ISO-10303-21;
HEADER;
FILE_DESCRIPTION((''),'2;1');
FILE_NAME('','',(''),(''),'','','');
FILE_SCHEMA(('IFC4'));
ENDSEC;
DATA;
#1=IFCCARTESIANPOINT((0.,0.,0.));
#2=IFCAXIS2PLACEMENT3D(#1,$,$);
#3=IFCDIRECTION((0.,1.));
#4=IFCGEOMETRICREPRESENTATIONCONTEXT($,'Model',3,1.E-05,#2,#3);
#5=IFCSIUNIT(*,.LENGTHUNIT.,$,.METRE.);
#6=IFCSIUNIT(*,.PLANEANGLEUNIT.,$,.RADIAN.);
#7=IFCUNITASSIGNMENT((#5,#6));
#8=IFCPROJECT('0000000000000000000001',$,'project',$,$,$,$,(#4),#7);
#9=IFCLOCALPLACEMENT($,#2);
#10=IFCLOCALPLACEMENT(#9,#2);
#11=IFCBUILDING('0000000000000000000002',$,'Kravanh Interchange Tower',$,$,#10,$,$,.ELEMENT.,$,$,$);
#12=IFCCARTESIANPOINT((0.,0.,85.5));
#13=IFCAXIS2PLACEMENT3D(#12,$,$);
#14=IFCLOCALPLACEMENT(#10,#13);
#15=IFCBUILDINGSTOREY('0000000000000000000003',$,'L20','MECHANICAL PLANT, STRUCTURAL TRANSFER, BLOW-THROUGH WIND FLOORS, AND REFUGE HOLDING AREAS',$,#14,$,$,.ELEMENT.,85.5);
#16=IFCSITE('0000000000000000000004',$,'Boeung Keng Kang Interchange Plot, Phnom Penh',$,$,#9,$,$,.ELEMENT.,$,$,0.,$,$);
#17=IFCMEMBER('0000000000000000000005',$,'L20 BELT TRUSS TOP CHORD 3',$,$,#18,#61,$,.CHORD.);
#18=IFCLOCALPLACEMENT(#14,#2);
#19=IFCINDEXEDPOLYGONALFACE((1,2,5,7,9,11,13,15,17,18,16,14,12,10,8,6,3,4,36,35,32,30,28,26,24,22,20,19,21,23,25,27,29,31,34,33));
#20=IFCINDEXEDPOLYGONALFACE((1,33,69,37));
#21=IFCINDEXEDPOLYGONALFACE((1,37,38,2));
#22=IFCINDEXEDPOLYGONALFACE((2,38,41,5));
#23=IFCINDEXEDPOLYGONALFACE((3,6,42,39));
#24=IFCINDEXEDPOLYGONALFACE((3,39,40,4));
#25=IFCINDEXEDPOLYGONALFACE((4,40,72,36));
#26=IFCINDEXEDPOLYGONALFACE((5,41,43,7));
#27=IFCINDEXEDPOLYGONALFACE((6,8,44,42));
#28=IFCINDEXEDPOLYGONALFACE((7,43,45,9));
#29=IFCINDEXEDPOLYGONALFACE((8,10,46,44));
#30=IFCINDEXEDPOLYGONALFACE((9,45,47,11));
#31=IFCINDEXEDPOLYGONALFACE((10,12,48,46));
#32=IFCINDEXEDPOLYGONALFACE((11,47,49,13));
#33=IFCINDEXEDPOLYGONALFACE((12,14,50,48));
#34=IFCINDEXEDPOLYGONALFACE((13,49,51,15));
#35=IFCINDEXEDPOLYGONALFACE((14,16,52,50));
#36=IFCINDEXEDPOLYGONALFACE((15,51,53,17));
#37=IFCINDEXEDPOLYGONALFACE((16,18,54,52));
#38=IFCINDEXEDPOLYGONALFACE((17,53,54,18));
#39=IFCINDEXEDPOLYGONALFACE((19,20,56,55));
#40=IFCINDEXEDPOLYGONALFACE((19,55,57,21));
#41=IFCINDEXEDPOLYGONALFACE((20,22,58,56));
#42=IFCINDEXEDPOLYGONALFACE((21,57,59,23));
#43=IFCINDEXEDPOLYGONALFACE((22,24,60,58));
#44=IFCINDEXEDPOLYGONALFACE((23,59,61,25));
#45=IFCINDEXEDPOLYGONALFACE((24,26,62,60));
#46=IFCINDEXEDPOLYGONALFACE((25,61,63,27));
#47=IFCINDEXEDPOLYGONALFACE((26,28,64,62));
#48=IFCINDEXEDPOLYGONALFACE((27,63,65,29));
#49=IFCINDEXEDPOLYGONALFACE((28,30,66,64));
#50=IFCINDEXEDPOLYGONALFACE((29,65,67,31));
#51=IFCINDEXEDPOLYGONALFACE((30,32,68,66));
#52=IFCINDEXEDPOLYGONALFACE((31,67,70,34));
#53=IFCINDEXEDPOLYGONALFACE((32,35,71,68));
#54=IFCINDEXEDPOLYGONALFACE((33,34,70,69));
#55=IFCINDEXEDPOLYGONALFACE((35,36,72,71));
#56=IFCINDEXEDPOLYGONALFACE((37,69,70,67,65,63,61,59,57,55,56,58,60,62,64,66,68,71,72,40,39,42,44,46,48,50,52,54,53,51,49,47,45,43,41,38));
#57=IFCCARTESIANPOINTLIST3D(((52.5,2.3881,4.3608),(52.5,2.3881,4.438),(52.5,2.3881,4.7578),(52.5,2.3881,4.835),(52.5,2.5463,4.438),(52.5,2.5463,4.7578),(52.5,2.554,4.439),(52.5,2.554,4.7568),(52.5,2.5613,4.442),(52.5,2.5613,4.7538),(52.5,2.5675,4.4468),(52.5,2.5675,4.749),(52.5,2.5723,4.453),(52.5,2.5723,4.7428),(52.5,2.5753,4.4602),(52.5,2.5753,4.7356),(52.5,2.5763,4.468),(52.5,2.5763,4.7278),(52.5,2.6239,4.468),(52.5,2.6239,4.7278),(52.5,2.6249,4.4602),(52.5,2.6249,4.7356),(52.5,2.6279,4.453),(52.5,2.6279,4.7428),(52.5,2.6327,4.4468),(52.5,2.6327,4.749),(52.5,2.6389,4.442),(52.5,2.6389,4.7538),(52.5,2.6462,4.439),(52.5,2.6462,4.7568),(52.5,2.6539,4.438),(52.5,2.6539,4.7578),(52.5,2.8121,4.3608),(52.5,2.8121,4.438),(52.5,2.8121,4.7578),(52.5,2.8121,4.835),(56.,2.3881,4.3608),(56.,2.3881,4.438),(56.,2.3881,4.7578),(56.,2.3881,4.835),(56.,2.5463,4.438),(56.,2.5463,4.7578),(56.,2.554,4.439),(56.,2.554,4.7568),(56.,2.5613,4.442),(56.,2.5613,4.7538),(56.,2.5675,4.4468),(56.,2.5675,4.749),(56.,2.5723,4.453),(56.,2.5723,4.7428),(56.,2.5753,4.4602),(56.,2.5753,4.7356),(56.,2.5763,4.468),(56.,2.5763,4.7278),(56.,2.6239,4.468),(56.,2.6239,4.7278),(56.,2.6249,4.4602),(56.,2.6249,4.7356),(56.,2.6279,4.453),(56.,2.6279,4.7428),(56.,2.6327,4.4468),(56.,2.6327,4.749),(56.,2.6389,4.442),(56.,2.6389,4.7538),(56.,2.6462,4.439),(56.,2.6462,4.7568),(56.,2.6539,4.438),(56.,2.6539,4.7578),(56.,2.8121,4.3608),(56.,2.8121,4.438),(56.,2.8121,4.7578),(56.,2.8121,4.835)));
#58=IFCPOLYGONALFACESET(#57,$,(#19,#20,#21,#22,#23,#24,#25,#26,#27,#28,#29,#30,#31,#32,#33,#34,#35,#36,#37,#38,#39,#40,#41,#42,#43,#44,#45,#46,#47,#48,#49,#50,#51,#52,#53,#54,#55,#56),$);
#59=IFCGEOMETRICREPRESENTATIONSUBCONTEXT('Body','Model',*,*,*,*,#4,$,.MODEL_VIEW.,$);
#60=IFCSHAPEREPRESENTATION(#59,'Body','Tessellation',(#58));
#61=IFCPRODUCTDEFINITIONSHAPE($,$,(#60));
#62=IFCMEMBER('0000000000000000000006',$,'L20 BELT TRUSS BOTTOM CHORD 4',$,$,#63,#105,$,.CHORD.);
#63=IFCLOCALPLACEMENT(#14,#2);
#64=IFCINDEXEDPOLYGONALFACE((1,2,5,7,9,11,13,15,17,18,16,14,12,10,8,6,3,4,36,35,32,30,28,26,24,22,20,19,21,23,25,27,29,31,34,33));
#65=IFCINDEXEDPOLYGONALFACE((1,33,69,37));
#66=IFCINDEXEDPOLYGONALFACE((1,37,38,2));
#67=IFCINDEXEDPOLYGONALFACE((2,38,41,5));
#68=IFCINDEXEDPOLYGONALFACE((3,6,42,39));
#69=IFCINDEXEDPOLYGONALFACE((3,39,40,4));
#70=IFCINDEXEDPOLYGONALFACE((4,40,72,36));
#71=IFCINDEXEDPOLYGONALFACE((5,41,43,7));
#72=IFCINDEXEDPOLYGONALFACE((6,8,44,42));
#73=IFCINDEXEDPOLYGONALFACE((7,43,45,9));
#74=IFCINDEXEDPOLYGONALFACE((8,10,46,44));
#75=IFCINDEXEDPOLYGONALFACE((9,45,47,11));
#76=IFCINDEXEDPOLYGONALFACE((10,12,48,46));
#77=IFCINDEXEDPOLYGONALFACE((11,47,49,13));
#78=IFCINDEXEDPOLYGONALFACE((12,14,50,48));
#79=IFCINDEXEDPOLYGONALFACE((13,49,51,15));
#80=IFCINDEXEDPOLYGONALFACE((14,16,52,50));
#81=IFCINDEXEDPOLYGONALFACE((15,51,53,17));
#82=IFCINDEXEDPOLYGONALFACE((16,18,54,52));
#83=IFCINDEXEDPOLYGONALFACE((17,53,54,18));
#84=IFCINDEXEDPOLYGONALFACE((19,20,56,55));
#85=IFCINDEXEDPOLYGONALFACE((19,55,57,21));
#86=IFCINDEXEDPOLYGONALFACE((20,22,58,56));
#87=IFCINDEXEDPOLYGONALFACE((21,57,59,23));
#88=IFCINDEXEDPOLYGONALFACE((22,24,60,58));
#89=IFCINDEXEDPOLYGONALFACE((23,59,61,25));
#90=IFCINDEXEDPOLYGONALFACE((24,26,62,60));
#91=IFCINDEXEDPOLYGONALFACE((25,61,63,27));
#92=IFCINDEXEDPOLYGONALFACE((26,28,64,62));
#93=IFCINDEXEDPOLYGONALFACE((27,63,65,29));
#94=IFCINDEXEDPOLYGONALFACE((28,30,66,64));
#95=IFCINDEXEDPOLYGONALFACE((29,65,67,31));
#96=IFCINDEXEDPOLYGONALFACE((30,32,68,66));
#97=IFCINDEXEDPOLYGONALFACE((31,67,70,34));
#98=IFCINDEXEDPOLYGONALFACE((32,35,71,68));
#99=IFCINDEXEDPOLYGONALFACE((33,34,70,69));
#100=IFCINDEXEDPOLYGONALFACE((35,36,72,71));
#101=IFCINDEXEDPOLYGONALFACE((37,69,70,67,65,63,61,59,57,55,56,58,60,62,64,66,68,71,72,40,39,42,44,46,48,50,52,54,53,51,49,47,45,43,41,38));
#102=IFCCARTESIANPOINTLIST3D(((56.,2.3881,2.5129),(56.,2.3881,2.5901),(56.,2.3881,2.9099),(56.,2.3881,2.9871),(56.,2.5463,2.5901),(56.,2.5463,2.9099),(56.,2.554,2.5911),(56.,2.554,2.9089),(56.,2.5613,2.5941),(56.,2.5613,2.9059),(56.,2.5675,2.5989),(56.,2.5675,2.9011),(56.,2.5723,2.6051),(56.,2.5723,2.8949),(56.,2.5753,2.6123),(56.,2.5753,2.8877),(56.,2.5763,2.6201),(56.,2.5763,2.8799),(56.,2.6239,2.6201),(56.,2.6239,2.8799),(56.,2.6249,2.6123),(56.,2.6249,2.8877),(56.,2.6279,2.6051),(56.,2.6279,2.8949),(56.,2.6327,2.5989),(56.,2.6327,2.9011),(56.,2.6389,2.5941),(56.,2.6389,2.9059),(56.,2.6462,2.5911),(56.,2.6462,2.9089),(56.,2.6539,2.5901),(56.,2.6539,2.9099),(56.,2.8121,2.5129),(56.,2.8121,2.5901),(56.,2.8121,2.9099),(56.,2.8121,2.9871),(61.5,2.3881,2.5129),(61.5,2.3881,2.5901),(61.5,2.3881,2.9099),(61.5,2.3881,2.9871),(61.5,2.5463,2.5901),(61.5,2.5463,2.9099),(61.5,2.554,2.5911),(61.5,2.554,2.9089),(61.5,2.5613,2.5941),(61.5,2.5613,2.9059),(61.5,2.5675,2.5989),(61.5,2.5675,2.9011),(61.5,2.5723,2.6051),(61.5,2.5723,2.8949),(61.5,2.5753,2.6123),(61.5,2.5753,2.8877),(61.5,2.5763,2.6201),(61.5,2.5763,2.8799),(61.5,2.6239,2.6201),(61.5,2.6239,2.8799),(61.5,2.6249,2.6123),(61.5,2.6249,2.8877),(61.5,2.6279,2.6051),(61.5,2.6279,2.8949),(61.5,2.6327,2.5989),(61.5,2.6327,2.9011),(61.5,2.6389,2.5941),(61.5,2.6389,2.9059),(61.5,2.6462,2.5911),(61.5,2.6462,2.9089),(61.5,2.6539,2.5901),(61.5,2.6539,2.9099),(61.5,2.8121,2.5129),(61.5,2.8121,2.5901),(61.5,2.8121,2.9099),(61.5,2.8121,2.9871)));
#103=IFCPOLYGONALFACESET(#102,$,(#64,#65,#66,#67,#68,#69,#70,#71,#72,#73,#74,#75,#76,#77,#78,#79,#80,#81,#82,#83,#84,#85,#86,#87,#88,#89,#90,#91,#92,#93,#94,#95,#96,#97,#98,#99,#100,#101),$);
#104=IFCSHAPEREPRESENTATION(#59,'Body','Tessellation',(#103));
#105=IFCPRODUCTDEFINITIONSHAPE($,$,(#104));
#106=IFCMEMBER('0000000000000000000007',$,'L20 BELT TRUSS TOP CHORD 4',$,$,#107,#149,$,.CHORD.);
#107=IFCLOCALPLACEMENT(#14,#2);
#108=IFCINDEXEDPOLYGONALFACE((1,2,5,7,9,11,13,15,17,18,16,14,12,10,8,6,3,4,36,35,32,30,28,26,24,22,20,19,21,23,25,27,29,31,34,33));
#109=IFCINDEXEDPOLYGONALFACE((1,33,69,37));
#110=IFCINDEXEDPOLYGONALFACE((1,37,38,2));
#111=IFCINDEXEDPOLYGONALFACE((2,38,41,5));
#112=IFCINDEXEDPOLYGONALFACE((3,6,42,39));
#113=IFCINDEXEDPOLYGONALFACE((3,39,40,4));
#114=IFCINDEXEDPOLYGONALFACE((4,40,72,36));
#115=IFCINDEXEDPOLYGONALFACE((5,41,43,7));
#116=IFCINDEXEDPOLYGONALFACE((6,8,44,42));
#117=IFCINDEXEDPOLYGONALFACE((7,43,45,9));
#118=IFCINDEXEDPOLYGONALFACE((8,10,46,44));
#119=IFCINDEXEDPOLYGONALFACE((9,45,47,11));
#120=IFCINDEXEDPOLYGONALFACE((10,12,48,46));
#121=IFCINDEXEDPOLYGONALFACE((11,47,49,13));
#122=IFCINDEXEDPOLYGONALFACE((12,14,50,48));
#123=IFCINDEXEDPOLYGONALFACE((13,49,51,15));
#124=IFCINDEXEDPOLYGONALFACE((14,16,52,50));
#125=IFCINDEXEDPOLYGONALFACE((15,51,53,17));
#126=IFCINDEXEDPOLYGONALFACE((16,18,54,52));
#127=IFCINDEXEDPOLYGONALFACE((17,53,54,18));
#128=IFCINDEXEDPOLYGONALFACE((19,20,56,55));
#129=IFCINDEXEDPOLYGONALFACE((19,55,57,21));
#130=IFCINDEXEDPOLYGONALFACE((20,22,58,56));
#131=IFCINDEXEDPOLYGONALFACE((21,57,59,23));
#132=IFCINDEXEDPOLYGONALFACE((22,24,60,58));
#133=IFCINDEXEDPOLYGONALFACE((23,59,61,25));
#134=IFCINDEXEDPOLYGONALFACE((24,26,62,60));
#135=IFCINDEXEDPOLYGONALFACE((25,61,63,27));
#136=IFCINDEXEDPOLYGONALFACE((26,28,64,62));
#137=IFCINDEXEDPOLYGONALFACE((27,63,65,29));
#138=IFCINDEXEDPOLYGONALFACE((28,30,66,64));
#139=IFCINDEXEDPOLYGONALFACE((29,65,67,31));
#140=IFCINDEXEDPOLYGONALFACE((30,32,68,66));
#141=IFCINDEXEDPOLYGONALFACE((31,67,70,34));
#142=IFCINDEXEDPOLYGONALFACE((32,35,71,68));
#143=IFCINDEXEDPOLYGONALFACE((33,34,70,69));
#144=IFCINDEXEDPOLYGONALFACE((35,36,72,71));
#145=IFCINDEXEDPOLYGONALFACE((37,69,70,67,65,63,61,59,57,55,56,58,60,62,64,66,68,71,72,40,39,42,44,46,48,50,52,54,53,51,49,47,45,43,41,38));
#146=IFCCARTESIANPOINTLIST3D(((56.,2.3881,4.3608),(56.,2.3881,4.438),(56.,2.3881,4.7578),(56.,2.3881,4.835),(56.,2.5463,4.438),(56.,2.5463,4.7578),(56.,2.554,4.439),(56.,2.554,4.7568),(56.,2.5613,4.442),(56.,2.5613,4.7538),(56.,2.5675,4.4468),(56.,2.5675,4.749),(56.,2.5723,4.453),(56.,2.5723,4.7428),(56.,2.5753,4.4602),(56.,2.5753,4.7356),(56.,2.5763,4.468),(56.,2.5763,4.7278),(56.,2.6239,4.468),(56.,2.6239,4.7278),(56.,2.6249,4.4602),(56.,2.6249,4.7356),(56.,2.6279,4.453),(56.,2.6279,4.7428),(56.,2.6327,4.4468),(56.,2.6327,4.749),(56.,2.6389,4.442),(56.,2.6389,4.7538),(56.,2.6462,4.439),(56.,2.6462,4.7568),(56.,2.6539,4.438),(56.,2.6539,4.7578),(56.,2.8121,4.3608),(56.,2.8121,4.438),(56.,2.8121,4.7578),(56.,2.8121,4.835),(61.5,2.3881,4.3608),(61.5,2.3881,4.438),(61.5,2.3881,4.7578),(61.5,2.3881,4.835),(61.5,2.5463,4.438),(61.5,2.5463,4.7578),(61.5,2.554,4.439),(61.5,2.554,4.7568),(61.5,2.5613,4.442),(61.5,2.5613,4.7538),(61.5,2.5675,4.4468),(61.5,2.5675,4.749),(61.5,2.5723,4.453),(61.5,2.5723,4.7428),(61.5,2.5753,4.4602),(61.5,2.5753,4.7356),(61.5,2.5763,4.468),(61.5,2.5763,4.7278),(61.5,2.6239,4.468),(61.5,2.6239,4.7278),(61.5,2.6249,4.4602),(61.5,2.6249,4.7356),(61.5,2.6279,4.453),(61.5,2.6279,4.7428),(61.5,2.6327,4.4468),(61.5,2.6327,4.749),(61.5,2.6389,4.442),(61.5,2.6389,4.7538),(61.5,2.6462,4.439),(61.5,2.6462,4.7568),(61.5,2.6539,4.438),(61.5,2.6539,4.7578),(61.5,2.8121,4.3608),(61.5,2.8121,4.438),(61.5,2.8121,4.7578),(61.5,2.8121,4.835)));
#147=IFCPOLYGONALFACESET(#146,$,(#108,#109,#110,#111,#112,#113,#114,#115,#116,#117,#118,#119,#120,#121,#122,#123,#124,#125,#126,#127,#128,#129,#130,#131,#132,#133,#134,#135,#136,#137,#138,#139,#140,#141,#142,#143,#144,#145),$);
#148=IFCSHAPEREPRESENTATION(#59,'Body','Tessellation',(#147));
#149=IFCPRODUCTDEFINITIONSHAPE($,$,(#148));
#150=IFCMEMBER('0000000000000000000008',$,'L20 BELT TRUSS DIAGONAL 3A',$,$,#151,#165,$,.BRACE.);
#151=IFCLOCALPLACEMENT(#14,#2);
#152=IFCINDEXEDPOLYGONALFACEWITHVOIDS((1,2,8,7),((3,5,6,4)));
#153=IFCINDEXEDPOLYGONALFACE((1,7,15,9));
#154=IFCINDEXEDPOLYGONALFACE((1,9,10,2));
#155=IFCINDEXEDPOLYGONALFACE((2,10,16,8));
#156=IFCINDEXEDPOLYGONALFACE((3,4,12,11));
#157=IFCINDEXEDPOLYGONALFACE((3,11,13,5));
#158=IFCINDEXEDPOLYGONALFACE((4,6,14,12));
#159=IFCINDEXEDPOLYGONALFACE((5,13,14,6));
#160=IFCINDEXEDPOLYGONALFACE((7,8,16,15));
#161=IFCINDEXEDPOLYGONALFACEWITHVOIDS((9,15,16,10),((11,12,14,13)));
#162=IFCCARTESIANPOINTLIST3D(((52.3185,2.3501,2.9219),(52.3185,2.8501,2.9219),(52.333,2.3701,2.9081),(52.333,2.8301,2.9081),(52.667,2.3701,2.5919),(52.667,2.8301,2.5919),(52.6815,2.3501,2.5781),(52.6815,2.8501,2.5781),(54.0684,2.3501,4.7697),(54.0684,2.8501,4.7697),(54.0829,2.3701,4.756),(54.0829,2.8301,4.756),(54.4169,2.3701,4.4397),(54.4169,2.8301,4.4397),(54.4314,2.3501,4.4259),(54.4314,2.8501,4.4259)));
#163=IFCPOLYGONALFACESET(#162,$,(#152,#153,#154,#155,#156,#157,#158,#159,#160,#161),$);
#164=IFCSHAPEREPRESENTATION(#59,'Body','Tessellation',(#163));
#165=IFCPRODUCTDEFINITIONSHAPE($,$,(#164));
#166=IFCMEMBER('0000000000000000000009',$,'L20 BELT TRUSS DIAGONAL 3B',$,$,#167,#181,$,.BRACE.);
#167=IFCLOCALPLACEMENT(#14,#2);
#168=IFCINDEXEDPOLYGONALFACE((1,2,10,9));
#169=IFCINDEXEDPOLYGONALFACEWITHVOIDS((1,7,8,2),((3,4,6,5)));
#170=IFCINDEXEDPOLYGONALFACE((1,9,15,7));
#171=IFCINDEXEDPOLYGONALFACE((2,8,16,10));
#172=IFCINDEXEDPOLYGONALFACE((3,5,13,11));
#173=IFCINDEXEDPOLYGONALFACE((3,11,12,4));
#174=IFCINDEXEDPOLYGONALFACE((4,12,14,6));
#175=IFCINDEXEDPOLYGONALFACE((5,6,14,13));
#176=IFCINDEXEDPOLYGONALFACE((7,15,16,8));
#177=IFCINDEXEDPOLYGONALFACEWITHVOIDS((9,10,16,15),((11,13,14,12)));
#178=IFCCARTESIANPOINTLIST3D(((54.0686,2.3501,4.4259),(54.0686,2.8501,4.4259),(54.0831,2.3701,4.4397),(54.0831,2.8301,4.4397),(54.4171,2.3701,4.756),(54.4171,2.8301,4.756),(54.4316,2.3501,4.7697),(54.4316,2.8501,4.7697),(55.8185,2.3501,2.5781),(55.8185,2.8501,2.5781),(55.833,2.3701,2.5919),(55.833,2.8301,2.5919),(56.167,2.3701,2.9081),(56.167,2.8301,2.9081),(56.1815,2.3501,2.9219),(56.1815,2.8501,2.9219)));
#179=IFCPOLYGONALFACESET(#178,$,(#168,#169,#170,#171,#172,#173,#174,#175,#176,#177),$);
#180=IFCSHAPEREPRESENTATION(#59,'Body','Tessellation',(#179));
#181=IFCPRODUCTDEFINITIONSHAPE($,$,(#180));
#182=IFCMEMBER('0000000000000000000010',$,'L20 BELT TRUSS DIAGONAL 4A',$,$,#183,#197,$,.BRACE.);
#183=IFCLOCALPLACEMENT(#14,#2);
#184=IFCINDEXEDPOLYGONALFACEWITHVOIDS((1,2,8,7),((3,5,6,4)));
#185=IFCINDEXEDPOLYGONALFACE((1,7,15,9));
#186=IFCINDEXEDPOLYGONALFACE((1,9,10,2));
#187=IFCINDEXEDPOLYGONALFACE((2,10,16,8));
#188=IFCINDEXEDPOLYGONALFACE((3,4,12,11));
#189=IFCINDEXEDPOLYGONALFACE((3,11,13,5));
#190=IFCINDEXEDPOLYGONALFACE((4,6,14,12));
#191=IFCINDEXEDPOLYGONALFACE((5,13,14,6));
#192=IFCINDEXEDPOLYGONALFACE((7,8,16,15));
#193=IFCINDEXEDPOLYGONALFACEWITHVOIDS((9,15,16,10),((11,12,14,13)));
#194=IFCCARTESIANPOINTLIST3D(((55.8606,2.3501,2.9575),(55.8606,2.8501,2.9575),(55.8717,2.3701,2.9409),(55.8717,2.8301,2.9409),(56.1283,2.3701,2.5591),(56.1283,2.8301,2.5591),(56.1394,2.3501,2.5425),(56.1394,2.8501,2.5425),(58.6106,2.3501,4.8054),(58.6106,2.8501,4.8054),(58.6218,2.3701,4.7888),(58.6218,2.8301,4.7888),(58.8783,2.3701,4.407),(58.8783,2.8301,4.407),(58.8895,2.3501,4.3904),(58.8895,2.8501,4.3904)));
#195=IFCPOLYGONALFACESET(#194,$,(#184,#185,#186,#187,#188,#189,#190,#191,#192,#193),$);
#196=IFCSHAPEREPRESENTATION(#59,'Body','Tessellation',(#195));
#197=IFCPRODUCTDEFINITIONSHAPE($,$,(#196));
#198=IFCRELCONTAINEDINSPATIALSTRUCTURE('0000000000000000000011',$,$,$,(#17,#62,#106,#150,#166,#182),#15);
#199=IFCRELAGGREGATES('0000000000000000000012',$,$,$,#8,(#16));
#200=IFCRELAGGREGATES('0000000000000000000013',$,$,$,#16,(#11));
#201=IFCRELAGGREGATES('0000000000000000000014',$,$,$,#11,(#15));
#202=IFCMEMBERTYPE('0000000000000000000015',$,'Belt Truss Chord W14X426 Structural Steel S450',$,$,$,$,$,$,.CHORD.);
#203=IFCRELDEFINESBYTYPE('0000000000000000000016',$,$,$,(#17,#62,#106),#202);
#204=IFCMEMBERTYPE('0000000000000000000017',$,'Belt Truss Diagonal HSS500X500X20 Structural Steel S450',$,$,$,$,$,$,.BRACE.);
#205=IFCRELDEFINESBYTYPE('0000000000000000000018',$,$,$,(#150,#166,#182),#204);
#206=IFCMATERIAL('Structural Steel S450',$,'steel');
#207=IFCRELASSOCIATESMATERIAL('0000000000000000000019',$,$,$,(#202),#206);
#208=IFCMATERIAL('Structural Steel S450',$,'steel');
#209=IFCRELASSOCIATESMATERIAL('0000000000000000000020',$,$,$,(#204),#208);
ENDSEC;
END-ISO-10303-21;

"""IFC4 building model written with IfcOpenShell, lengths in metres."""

from ifc_helpers import new_model, si_unit, direction, frame, origin, origin_2d, place, context, subcontext, project, spatial, hollow_rectangle, i_section, extrude, material, material_profile, profile_set, type_object, element, save


model = new_model("IFC4")

# Units and contexts
model_context = context("Model", 3, precision=1e-05, world=origin(), true_north=direction((0.0, 1.0)))
body_context = subcontext(model_context, "Body", "Model", "MODEL_VIEW")
ifc_project = project(units=[si_unit("LENGTHUNIT", "METRE"), si_unit("PLANEANGLEUNIT", "RADIAN")], contexts=[model_context])

# Site, building, storey
site_placement = place(None, origin())
site = spatial("IfcSite", under=ifc_project, at=site_placement, Name="Boeung Keng Kang Interchange Plot, Phnom Penh", CompositionType="ELEMENT", RefElevation=0.0)
building_placement = place(site_placement, origin())
building = spatial("IfcBuilding", under=site, at=building_placement, Name="Kravanh Interchange Tower", CompositionType="ELEMENT")
storey_placement = place(building_placement, frame((0.0, 0.0, 85.5)))
storey = spatial("IfcBuildingStorey", under=building, at=storey_placement, Name="L20", Description="MECHANICAL PLANT, STRUCTURAL TRANSFER, BLOW-THROUGH WIND FLOORS, AND REFUGE HOLDING AREAS", CompositionType="ELEMENT", Elevation=85.5)

# Members
ifc_material_1 = material(Name="Structural Steel S450", Category="steel")
ifc_material_profile_1 = material_profile(ifc_material_1, i_section(OverallWidth=0.4241, OverallDepth=0.4741, WebThickness=0.0476, FlangeThickness=0.0771, FilletRadius=0.03, at=origin_2d()), Name="W14X426")
ifc_profile_set_1 = profile_set([ifc_material_profile_1], Name="Structural Steel S450")
member_type_1 = type_object("IfcMemberType", Name="Belt Truss Chord W14X426 Structural Steel S450", PredefinedType="CHORD", material=ifc_profile_set_1)
for number, where, z_axis, x_axis, name in (
    (1, (52.5, 2.6001, 4.5979), (1.0, 0.0, 0.0), (0.0, 1.0, 0.0), "L20 BELT TRUSS TOP CHORD 3"),
):
    element("IfcMember", number, at=place(storey_placement, frame(where, z_axis=z_axis, x_axis=x_axis)), inside=storey, type_object=member_type_1, Name=name, PredefinedType="CHORD", context=body_context, shape_type="SweptSolid", body=[
        extrude(i_section(OverallWidth=0.4241, OverallDepth=0.4741, WebThickness=0.0476, FlangeThickness=0.0771, FilletRadius=0.03, at=origin_2d()), origin(), (0.0, 0.0, 1.0), 3.5),
    ])
for number, where, z_axis, x_axis, name in (
    (2, (56.0, 2.6001, 2.75), (1.0, 0.0, 0.0), (0.0, 1.0, 0.0), "L20 BELT TRUSS BOTTOM CHORD 4"),
    (3, (56.0, 2.6001, 4.5979), (1.0, 0.0, 0.0), (0.0, 1.0, 0.0), "L20 BELT TRUSS TOP CHORD 4"),
):
    element("IfcMember", number, at=place(storey_placement, frame(where, z_axis=z_axis, x_axis=x_axis)), inside=storey, type_object=member_type_1, Name=name, PredefinedType="CHORD", context=body_context, shape_type="SweptSolid", body=[
        extrude(i_section(OverallWidth=0.4241, OverallDepth=0.4741, WebThickness=0.0476, FlangeThickness=0.0771, FilletRadius=0.03, at=origin_2d()), origin(), (0.0, 0.0, 1.0), 5.5),
    ])
ifc_material_2 = material(Name="Structural Steel S450", Category="steel")
ifc_material_profile_2 = material_profile(ifc_material_2, hollow_rectangle(XDim=0.5, YDim=0.5, WallThickness=0.02, at=origin_2d()), Name="HSS500X500X20")
ifc_profile_set_2 = profile_set([ifc_material_profile_2], Name="Structural Steel S450")
member_type_2 = type_object("IfcMemberType", Name="Belt Truss Diagonal HSS500X500X20 Structural Steel S450", PredefinedType="BRACE", material=ifc_profile_set_2)
for number, where, z_axis, x_axis, name in (
    (4, (52.5, 2.6001, 2.75), (0.687612, 0.0, 0.726079), (0.0, 1.0, 0.0), "L20 BELT TRUSS DIAGONAL 3A"),
    (5, (56.0, 2.6001, 2.75), (-0.687612, 0.0, 0.726079), (0.0, -1.0, 0.0), "L20 BELT TRUSS DIAGONAL 3B"),
):
    element("IfcMember", number, at=place(storey_placement, frame(where, z_axis=z_axis, x_axis=x_axis)), inside=storey, type_object=member_type_2, Name=name, PredefinedType="BRACE", context=body_context, shape_type="SweptSolid", body=[
        extrude(hollow_rectangle(XDim=0.5, YDim=0.5, WallThickness=0.02, at=origin_2d()), origin(), (0.0, 0.0, 1.0), 2.5449),
    ])
member_placement = place(storey_placement, frame((56.0, 2.6001, 2.75), z_axis=(0.830015, 0.0, 0.55774), x_axis=(0.0, 1.0, 0.0)))
element("IfcMember", 6, at=member_placement, inside=storey, type_object=member_type_2, Name="L20 BELT TRUSS DIAGONAL 4A", PredefinedType="BRACE", context=body_context, shape_type="SweptSolid", body=[
    extrude(hollow_rectangle(XDim=0.5, YDim=0.5, WallThickness=0.02, at=origin_2d()), origin(), (0.0, 0.0, 1.0), 3.3132),
])

save(model, "model.ifc")
